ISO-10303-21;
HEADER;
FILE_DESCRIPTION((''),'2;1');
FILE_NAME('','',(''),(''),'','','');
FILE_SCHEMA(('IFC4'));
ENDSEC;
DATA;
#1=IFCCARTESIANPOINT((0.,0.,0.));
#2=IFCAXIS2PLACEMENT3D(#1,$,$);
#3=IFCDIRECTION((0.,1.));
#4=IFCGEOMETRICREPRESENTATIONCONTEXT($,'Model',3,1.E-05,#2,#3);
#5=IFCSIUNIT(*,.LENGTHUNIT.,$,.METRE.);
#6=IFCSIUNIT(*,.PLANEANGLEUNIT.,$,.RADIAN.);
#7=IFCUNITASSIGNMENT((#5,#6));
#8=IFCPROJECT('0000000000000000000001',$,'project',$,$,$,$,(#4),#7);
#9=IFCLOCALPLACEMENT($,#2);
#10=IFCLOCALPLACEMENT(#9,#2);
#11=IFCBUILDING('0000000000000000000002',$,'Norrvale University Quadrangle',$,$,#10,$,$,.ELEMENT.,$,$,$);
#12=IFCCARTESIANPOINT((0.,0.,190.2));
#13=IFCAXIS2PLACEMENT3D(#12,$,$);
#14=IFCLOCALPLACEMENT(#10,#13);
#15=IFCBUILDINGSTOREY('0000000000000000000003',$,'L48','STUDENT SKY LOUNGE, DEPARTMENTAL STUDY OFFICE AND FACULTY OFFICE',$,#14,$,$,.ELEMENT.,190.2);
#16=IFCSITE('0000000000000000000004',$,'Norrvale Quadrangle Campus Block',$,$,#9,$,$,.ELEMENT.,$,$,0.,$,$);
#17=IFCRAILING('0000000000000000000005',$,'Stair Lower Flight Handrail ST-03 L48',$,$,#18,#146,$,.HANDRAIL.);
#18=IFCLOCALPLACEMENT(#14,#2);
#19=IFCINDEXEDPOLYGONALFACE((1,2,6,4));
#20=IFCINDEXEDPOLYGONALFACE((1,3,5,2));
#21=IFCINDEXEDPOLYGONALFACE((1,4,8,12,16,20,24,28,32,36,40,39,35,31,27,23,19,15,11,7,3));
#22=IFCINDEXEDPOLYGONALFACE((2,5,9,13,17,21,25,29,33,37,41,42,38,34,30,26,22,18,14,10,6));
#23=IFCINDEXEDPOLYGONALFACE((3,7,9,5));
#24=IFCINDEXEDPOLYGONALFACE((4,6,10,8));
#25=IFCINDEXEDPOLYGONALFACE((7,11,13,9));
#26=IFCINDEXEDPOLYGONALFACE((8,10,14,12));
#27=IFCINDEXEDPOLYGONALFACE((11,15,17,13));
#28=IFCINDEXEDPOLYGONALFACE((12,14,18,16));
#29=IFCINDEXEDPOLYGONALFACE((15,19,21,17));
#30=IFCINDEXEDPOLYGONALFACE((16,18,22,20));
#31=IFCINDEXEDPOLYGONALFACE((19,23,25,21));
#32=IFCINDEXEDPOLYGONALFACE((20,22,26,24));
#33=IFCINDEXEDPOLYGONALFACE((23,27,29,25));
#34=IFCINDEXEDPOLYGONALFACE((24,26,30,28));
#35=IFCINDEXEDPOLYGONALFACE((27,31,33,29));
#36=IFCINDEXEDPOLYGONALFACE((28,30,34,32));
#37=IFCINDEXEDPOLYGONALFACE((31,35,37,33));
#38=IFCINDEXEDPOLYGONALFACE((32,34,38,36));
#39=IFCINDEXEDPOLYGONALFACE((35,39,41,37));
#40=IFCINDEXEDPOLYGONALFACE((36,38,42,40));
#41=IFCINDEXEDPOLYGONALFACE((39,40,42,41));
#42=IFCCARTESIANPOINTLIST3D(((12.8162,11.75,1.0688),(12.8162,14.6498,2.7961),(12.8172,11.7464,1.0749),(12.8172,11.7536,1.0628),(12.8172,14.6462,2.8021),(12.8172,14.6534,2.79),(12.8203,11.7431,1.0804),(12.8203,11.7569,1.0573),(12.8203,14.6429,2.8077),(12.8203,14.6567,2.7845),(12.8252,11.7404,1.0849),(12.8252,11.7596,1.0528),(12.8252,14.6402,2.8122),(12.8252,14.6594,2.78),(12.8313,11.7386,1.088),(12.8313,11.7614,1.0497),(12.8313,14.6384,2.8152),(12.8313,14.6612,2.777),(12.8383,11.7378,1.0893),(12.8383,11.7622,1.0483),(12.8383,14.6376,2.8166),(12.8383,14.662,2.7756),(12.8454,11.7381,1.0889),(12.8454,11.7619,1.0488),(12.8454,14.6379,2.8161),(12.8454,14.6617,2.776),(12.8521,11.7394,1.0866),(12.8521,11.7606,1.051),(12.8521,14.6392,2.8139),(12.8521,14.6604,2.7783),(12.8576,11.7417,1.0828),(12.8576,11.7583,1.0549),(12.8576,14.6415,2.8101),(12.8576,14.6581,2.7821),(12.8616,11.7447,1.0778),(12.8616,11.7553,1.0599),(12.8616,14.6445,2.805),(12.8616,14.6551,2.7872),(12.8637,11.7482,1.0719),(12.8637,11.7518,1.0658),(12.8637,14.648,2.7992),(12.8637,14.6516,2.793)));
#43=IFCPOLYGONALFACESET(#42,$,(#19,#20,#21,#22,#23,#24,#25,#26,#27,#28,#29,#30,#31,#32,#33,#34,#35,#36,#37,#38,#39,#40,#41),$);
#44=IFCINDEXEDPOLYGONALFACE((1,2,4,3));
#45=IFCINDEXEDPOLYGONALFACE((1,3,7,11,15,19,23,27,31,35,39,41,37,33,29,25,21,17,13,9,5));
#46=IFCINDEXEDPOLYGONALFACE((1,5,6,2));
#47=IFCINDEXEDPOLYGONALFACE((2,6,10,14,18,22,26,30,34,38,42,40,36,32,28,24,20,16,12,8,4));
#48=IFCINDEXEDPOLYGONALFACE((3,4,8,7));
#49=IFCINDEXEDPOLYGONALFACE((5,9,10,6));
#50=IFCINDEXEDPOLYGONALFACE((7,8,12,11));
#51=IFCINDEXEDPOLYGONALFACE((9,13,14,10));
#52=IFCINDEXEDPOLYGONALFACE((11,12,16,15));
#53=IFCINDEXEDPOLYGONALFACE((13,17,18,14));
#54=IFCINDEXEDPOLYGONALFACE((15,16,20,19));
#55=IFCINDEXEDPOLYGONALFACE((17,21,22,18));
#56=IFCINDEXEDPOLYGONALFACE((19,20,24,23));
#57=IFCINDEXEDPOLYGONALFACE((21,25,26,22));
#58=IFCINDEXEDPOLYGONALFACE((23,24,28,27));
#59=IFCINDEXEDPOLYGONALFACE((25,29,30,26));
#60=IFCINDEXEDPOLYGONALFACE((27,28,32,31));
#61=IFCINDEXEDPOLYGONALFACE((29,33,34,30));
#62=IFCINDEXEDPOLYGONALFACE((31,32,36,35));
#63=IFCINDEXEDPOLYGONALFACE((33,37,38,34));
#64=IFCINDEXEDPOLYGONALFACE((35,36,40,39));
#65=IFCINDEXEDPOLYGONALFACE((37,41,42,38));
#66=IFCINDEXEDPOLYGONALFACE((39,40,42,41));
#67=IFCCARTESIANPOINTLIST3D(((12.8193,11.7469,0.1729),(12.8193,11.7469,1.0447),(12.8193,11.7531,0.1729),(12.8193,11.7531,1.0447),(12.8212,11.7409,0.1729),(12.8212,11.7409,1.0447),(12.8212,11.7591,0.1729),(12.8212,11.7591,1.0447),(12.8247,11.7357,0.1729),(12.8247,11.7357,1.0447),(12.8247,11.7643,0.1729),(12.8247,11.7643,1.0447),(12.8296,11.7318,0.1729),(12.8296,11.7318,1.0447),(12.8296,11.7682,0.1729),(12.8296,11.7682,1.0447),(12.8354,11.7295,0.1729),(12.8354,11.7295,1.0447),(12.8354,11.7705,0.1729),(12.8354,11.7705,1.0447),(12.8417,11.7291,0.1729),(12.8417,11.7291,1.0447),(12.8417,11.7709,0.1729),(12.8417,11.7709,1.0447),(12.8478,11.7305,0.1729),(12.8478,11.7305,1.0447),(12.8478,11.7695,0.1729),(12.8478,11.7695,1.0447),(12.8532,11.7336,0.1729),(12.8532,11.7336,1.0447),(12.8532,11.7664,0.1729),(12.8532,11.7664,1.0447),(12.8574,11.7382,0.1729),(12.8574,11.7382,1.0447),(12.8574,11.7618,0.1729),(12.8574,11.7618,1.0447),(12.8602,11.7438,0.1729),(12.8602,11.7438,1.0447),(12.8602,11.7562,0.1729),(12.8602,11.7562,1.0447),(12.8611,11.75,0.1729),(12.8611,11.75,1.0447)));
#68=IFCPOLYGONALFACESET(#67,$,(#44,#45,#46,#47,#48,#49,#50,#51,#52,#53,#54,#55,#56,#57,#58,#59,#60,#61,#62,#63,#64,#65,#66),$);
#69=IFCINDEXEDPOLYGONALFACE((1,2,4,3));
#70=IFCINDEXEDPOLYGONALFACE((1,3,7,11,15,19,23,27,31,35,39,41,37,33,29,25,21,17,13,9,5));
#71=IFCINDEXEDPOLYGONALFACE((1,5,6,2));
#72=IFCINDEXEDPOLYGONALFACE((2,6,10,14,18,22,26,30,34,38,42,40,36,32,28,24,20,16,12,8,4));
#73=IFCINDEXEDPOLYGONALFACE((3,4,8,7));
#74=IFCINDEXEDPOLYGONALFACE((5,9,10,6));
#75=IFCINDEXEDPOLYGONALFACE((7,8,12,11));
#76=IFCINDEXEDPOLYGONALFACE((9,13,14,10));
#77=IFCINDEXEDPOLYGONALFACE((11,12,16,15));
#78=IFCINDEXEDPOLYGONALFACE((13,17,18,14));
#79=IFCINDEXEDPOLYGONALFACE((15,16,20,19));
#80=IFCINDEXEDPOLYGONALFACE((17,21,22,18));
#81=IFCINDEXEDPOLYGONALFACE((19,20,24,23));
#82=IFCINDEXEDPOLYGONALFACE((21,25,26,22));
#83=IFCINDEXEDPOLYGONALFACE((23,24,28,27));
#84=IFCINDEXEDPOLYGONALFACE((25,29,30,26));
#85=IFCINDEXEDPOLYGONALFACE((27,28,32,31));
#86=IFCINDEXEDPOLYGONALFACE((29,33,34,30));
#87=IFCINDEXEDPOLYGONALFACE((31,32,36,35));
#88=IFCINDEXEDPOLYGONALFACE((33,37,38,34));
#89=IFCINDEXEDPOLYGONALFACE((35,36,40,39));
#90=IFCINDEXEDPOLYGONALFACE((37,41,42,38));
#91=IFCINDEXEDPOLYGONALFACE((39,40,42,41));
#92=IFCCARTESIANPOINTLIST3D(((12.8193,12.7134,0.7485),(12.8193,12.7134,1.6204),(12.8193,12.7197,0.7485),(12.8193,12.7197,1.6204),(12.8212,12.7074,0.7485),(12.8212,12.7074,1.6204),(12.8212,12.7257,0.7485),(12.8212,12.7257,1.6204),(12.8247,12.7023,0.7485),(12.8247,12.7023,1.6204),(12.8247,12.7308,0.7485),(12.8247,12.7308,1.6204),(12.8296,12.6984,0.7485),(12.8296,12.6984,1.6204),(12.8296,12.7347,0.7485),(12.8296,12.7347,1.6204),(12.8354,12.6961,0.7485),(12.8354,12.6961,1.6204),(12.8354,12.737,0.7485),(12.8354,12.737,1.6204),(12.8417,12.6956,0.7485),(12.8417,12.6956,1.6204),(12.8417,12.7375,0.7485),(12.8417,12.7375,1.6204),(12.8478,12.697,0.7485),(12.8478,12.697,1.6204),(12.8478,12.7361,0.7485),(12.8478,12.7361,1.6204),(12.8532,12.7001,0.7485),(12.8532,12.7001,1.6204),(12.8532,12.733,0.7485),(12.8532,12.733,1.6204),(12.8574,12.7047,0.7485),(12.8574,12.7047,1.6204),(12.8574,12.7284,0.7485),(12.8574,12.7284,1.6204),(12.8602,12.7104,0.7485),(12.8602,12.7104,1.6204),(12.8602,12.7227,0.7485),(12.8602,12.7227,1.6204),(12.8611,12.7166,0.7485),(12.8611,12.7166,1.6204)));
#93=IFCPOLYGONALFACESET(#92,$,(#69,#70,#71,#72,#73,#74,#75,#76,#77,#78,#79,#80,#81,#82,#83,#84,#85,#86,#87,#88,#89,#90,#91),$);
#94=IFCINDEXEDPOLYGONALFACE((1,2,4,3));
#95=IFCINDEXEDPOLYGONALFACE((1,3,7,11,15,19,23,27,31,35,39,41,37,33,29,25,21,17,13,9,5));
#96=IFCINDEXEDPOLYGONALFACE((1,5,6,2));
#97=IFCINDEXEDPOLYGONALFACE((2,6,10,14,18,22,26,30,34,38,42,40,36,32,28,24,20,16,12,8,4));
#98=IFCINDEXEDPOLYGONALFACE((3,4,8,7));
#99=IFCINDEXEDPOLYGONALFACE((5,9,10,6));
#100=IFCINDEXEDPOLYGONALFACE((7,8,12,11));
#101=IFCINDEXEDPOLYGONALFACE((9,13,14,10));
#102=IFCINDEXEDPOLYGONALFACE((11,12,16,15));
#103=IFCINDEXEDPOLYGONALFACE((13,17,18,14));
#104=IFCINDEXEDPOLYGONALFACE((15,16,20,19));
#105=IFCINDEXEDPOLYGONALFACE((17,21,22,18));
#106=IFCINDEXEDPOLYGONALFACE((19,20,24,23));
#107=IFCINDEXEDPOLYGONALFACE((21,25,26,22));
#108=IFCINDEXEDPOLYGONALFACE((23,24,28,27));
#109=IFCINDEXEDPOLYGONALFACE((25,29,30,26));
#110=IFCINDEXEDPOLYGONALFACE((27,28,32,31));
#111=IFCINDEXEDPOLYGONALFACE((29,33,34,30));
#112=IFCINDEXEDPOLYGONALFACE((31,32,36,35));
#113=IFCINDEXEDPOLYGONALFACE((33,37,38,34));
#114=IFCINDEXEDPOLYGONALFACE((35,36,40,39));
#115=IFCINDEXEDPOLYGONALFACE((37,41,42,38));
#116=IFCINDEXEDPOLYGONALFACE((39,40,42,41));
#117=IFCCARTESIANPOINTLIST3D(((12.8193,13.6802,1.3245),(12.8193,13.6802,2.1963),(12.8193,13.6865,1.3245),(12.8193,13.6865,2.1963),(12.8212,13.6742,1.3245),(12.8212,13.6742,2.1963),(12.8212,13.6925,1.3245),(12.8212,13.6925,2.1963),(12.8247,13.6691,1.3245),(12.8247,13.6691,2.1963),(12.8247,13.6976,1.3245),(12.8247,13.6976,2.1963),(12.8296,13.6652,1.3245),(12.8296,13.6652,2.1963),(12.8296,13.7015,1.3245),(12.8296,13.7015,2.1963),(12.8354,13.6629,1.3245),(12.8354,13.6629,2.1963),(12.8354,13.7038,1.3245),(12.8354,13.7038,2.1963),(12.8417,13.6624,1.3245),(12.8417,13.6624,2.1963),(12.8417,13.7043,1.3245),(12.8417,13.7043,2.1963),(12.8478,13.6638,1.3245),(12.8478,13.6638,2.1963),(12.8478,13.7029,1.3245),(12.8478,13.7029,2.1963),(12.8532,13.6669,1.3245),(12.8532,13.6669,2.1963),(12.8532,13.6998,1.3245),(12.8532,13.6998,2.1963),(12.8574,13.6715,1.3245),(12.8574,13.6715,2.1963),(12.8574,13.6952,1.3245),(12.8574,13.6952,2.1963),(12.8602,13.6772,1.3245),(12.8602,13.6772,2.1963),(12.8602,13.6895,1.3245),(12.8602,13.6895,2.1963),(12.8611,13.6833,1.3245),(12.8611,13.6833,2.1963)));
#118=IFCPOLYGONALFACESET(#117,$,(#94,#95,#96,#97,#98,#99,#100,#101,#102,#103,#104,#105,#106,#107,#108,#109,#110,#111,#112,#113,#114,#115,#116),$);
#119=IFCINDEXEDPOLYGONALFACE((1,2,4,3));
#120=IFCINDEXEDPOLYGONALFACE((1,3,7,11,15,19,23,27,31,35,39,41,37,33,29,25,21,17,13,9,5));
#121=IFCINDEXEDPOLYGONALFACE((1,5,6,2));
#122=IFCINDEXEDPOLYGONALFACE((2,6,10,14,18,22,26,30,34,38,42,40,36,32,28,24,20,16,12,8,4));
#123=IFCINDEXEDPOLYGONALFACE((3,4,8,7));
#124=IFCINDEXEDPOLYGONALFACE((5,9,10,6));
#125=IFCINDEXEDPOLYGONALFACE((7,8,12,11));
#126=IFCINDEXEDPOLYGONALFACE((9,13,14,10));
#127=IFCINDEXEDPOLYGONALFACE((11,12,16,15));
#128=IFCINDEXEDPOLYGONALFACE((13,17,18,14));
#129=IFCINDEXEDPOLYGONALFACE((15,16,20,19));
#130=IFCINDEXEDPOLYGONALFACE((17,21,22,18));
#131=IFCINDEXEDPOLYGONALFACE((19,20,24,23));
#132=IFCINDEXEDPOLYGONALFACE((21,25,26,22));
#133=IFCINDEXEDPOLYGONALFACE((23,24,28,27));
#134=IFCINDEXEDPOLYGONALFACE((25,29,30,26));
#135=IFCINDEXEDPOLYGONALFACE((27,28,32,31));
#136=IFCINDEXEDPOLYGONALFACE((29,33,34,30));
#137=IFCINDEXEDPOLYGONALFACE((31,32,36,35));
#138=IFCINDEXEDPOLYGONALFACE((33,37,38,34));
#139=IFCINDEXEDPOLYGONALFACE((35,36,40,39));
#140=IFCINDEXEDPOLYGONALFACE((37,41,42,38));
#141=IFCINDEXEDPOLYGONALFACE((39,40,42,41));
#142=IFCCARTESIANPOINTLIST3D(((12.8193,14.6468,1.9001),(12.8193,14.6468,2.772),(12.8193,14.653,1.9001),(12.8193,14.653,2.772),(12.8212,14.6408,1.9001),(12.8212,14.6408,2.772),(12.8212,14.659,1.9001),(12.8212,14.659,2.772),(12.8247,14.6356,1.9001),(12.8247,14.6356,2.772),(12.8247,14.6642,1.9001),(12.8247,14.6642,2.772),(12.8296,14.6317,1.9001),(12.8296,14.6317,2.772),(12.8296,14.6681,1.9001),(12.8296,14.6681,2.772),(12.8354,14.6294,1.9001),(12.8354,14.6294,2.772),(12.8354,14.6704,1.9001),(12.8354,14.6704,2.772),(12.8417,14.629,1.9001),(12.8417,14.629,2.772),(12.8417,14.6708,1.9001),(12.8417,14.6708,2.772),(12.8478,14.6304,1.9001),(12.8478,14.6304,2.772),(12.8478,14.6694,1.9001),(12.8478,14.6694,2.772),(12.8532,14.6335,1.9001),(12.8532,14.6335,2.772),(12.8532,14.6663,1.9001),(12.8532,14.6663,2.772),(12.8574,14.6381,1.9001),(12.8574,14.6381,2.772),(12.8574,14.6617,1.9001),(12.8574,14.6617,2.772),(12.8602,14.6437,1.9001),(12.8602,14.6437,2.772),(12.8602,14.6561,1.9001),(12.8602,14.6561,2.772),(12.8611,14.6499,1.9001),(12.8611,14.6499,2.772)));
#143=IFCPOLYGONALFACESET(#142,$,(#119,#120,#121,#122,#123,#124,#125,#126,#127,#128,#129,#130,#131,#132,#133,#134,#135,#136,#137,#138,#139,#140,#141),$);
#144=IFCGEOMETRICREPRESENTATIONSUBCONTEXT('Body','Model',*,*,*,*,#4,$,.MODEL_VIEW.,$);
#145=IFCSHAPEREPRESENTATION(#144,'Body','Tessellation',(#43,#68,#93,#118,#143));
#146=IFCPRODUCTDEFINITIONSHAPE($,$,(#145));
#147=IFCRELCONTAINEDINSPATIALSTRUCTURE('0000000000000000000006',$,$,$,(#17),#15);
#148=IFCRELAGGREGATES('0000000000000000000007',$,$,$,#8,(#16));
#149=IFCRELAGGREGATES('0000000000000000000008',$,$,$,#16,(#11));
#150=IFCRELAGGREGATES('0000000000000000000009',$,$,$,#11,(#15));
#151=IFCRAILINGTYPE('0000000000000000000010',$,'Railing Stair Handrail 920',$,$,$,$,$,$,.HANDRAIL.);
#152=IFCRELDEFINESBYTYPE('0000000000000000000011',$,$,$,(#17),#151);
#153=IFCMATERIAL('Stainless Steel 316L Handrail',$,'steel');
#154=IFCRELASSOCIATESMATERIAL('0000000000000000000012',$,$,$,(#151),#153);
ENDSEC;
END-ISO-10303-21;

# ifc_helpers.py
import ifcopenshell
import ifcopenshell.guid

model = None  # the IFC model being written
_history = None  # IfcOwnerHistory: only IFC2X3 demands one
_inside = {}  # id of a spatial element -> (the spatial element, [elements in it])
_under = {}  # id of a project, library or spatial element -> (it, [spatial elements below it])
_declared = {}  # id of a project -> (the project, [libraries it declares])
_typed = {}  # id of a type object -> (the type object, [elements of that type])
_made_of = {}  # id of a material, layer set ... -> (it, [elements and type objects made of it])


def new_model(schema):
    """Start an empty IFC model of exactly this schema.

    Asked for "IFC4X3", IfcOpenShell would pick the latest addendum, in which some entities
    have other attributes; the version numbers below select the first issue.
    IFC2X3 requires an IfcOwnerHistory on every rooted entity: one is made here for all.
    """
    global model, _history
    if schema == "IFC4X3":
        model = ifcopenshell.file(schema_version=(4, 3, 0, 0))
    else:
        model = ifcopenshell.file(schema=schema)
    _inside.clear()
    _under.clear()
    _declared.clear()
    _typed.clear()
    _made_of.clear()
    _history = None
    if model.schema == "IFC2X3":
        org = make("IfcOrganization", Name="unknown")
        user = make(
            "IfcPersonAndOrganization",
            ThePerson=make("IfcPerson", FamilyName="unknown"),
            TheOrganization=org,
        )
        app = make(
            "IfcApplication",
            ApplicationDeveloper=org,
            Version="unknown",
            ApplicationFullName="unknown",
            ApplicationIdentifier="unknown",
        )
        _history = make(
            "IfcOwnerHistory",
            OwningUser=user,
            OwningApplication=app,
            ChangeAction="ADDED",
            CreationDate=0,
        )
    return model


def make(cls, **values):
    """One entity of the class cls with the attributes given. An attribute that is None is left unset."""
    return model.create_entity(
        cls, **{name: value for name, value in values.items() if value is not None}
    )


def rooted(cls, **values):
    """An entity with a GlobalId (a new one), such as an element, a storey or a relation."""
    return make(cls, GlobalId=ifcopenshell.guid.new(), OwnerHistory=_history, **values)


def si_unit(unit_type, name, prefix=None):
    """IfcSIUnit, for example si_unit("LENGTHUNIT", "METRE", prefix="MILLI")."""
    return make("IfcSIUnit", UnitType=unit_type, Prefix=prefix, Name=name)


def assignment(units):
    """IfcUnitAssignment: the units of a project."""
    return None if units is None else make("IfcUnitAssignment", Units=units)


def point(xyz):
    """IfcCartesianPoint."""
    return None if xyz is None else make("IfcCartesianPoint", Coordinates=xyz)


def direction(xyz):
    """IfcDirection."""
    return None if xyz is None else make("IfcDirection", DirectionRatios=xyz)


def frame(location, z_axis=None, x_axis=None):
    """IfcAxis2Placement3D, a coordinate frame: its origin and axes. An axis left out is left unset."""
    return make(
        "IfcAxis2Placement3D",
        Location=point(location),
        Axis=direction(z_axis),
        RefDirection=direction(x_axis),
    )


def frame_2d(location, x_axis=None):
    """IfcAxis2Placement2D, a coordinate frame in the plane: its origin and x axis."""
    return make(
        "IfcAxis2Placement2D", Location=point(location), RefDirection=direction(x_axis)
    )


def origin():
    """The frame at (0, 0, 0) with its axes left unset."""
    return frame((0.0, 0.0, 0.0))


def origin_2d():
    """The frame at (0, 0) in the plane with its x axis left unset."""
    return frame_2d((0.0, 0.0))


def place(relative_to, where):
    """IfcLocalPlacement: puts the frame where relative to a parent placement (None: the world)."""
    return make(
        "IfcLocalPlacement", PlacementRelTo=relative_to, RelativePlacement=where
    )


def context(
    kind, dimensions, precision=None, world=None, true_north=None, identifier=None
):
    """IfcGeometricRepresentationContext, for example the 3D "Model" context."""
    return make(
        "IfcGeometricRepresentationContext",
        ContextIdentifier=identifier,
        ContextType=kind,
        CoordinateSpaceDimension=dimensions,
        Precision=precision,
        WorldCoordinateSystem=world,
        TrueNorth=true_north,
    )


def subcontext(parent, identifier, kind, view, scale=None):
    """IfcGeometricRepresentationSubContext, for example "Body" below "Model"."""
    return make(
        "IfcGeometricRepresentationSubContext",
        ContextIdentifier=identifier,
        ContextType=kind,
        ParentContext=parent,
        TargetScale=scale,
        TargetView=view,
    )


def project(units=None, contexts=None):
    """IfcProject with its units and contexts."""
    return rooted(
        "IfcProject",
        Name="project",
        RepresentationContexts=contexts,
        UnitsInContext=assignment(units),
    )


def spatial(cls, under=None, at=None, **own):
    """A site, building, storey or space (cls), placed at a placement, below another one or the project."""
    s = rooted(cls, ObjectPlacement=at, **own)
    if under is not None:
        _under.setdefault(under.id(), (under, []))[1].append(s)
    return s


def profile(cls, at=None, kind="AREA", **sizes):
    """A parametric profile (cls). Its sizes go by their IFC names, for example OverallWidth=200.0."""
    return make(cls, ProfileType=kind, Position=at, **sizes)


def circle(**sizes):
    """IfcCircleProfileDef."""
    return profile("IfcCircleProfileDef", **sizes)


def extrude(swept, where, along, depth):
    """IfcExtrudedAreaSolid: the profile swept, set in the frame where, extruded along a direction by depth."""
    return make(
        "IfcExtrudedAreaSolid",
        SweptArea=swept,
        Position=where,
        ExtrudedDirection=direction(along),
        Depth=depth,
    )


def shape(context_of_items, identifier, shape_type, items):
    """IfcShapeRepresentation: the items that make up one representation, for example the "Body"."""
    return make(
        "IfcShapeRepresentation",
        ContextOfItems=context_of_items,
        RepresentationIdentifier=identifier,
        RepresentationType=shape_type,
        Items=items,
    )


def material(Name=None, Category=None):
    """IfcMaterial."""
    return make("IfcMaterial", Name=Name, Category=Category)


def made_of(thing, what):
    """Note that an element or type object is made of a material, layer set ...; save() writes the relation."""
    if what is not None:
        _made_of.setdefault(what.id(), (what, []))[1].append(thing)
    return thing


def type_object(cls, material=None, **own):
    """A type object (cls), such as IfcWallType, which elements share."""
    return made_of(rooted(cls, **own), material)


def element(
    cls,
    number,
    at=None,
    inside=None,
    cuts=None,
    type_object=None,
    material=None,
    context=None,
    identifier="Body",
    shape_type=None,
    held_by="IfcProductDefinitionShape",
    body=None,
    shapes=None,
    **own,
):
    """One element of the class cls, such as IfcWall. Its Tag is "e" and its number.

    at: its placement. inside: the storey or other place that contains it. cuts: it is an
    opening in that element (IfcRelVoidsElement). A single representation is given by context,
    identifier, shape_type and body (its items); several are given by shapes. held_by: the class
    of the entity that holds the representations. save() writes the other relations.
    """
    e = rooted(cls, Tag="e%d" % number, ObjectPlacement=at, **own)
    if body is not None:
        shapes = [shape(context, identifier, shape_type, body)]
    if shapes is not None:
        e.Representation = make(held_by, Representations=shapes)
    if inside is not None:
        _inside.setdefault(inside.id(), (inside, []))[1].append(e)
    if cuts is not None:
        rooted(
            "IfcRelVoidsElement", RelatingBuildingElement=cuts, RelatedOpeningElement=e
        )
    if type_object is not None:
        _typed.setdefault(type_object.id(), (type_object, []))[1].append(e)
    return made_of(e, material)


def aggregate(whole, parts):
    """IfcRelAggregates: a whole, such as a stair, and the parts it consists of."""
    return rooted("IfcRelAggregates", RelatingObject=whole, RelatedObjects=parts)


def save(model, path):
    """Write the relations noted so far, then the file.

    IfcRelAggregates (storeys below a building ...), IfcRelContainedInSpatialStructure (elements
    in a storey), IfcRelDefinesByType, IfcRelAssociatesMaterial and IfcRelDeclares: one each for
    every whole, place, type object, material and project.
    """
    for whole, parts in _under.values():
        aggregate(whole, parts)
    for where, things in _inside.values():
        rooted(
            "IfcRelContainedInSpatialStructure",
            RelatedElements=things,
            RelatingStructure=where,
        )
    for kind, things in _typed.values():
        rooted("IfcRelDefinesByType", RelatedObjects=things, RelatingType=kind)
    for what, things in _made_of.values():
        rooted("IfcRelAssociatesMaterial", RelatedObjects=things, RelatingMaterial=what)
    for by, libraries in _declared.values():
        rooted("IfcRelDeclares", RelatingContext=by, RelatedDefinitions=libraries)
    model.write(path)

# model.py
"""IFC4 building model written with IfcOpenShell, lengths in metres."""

from ifc_helpers import new_model, si_unit, direction, frame, origin, origin_2d, place, context, subcontext, project, spatial, circle, extrude, material, type_object, element, save


model = new_model("IFC4")

# Units and contexts
model_context = context("Model", 3, precision=1e-05, world=origin(), true_north=direction((0.0, 1.0)))
body_context = subcontext(model_context, "Body", "Model", "MODEL_VIEW")
ifc_project = project(units=[si_unit("LENGTHUNIT", "METRE"), si_unit("PLANEANGLEUNIT", "RADIAN")], contexts=[model_context])

# Site, building, storey
site_placement = place(None, origin())
site = spatial("IfcSite", under=ifc_project, at=site_placement, Name="Norrvale Quadrangle Campus Block", CompositionType="ELEMENT", RefElevation=0.0)
building_placement = place(site_placement, origin())
building = spatial("IfcBuilding", under=site, at=building_placement, Name="Norrvale University Quadrangle", CompositionType="ELEMENT")
storey_placement = place(building_placement, frame((0.0, 0.0, 190.2)))
storey = spatial("IfcBuildingStorey", under=building, at=storey_placement, Name="L48", Description="STUDENT SKY LOUNGE, DEPARTMENTAL STUDY OFFICE AND FACULTY OFFICE", CompositionType="ELEMENT", Elevation=190.2)

# Railing
ifc_material_1 = material(Name="Stainless Steel 316L Handrail", Category="steel")
railing_type_1 = type_object("IfcRailingType", Name="Railing Stair Handrail 920", PredefinedType="HANDRAIL", material=ifc_material_1)
railing_1_placement = place(storey_placement, frame((12.8401, 11.75, 0.1729)))
element("IfcRailing", 1, at=railing_1_placement, inside=storey, type_object=railing_type_1, Name="Stair Lower Flight Handrail ST-03 L48", PredefinedType="HANDRAIL", context=body_context, shape_type="SweptSolid", body=[
    extrude(circle(Radius=0.0239, at=origin_2d()), frame((0.0, 0.0, 0.896), z_axis=(0.0, 0.859141, 0.511738), x_axis=(-1.0, 0.0, 0.0)), (0.0, 0.0, 1.0), 3.3752),
    extrude(circle(Radius=0.021, at=origin_2d()), origin(), (0.0, 0.0, 1.0), 0.8718),
    extrude(circle(Radius=0.021, at=origin_2d()), frame((0.0, 0.9666, 0.5757)), (0.0, 0.0, 1.0), 0.8718),
    extrude(circle(Radius=0.021, at=origin_2d()), frame((0.0, 1.9333, 1.1516)), (0.0, 0.0, 1.0), 0.8718),
    extrude(circle(Radius=0.021, at=origin_2d()), frame((0.0, 2.8999, 1.7273)), (0.0, 0.0, 1.0), 0.8718),
])

save(model, "model.ifc")
